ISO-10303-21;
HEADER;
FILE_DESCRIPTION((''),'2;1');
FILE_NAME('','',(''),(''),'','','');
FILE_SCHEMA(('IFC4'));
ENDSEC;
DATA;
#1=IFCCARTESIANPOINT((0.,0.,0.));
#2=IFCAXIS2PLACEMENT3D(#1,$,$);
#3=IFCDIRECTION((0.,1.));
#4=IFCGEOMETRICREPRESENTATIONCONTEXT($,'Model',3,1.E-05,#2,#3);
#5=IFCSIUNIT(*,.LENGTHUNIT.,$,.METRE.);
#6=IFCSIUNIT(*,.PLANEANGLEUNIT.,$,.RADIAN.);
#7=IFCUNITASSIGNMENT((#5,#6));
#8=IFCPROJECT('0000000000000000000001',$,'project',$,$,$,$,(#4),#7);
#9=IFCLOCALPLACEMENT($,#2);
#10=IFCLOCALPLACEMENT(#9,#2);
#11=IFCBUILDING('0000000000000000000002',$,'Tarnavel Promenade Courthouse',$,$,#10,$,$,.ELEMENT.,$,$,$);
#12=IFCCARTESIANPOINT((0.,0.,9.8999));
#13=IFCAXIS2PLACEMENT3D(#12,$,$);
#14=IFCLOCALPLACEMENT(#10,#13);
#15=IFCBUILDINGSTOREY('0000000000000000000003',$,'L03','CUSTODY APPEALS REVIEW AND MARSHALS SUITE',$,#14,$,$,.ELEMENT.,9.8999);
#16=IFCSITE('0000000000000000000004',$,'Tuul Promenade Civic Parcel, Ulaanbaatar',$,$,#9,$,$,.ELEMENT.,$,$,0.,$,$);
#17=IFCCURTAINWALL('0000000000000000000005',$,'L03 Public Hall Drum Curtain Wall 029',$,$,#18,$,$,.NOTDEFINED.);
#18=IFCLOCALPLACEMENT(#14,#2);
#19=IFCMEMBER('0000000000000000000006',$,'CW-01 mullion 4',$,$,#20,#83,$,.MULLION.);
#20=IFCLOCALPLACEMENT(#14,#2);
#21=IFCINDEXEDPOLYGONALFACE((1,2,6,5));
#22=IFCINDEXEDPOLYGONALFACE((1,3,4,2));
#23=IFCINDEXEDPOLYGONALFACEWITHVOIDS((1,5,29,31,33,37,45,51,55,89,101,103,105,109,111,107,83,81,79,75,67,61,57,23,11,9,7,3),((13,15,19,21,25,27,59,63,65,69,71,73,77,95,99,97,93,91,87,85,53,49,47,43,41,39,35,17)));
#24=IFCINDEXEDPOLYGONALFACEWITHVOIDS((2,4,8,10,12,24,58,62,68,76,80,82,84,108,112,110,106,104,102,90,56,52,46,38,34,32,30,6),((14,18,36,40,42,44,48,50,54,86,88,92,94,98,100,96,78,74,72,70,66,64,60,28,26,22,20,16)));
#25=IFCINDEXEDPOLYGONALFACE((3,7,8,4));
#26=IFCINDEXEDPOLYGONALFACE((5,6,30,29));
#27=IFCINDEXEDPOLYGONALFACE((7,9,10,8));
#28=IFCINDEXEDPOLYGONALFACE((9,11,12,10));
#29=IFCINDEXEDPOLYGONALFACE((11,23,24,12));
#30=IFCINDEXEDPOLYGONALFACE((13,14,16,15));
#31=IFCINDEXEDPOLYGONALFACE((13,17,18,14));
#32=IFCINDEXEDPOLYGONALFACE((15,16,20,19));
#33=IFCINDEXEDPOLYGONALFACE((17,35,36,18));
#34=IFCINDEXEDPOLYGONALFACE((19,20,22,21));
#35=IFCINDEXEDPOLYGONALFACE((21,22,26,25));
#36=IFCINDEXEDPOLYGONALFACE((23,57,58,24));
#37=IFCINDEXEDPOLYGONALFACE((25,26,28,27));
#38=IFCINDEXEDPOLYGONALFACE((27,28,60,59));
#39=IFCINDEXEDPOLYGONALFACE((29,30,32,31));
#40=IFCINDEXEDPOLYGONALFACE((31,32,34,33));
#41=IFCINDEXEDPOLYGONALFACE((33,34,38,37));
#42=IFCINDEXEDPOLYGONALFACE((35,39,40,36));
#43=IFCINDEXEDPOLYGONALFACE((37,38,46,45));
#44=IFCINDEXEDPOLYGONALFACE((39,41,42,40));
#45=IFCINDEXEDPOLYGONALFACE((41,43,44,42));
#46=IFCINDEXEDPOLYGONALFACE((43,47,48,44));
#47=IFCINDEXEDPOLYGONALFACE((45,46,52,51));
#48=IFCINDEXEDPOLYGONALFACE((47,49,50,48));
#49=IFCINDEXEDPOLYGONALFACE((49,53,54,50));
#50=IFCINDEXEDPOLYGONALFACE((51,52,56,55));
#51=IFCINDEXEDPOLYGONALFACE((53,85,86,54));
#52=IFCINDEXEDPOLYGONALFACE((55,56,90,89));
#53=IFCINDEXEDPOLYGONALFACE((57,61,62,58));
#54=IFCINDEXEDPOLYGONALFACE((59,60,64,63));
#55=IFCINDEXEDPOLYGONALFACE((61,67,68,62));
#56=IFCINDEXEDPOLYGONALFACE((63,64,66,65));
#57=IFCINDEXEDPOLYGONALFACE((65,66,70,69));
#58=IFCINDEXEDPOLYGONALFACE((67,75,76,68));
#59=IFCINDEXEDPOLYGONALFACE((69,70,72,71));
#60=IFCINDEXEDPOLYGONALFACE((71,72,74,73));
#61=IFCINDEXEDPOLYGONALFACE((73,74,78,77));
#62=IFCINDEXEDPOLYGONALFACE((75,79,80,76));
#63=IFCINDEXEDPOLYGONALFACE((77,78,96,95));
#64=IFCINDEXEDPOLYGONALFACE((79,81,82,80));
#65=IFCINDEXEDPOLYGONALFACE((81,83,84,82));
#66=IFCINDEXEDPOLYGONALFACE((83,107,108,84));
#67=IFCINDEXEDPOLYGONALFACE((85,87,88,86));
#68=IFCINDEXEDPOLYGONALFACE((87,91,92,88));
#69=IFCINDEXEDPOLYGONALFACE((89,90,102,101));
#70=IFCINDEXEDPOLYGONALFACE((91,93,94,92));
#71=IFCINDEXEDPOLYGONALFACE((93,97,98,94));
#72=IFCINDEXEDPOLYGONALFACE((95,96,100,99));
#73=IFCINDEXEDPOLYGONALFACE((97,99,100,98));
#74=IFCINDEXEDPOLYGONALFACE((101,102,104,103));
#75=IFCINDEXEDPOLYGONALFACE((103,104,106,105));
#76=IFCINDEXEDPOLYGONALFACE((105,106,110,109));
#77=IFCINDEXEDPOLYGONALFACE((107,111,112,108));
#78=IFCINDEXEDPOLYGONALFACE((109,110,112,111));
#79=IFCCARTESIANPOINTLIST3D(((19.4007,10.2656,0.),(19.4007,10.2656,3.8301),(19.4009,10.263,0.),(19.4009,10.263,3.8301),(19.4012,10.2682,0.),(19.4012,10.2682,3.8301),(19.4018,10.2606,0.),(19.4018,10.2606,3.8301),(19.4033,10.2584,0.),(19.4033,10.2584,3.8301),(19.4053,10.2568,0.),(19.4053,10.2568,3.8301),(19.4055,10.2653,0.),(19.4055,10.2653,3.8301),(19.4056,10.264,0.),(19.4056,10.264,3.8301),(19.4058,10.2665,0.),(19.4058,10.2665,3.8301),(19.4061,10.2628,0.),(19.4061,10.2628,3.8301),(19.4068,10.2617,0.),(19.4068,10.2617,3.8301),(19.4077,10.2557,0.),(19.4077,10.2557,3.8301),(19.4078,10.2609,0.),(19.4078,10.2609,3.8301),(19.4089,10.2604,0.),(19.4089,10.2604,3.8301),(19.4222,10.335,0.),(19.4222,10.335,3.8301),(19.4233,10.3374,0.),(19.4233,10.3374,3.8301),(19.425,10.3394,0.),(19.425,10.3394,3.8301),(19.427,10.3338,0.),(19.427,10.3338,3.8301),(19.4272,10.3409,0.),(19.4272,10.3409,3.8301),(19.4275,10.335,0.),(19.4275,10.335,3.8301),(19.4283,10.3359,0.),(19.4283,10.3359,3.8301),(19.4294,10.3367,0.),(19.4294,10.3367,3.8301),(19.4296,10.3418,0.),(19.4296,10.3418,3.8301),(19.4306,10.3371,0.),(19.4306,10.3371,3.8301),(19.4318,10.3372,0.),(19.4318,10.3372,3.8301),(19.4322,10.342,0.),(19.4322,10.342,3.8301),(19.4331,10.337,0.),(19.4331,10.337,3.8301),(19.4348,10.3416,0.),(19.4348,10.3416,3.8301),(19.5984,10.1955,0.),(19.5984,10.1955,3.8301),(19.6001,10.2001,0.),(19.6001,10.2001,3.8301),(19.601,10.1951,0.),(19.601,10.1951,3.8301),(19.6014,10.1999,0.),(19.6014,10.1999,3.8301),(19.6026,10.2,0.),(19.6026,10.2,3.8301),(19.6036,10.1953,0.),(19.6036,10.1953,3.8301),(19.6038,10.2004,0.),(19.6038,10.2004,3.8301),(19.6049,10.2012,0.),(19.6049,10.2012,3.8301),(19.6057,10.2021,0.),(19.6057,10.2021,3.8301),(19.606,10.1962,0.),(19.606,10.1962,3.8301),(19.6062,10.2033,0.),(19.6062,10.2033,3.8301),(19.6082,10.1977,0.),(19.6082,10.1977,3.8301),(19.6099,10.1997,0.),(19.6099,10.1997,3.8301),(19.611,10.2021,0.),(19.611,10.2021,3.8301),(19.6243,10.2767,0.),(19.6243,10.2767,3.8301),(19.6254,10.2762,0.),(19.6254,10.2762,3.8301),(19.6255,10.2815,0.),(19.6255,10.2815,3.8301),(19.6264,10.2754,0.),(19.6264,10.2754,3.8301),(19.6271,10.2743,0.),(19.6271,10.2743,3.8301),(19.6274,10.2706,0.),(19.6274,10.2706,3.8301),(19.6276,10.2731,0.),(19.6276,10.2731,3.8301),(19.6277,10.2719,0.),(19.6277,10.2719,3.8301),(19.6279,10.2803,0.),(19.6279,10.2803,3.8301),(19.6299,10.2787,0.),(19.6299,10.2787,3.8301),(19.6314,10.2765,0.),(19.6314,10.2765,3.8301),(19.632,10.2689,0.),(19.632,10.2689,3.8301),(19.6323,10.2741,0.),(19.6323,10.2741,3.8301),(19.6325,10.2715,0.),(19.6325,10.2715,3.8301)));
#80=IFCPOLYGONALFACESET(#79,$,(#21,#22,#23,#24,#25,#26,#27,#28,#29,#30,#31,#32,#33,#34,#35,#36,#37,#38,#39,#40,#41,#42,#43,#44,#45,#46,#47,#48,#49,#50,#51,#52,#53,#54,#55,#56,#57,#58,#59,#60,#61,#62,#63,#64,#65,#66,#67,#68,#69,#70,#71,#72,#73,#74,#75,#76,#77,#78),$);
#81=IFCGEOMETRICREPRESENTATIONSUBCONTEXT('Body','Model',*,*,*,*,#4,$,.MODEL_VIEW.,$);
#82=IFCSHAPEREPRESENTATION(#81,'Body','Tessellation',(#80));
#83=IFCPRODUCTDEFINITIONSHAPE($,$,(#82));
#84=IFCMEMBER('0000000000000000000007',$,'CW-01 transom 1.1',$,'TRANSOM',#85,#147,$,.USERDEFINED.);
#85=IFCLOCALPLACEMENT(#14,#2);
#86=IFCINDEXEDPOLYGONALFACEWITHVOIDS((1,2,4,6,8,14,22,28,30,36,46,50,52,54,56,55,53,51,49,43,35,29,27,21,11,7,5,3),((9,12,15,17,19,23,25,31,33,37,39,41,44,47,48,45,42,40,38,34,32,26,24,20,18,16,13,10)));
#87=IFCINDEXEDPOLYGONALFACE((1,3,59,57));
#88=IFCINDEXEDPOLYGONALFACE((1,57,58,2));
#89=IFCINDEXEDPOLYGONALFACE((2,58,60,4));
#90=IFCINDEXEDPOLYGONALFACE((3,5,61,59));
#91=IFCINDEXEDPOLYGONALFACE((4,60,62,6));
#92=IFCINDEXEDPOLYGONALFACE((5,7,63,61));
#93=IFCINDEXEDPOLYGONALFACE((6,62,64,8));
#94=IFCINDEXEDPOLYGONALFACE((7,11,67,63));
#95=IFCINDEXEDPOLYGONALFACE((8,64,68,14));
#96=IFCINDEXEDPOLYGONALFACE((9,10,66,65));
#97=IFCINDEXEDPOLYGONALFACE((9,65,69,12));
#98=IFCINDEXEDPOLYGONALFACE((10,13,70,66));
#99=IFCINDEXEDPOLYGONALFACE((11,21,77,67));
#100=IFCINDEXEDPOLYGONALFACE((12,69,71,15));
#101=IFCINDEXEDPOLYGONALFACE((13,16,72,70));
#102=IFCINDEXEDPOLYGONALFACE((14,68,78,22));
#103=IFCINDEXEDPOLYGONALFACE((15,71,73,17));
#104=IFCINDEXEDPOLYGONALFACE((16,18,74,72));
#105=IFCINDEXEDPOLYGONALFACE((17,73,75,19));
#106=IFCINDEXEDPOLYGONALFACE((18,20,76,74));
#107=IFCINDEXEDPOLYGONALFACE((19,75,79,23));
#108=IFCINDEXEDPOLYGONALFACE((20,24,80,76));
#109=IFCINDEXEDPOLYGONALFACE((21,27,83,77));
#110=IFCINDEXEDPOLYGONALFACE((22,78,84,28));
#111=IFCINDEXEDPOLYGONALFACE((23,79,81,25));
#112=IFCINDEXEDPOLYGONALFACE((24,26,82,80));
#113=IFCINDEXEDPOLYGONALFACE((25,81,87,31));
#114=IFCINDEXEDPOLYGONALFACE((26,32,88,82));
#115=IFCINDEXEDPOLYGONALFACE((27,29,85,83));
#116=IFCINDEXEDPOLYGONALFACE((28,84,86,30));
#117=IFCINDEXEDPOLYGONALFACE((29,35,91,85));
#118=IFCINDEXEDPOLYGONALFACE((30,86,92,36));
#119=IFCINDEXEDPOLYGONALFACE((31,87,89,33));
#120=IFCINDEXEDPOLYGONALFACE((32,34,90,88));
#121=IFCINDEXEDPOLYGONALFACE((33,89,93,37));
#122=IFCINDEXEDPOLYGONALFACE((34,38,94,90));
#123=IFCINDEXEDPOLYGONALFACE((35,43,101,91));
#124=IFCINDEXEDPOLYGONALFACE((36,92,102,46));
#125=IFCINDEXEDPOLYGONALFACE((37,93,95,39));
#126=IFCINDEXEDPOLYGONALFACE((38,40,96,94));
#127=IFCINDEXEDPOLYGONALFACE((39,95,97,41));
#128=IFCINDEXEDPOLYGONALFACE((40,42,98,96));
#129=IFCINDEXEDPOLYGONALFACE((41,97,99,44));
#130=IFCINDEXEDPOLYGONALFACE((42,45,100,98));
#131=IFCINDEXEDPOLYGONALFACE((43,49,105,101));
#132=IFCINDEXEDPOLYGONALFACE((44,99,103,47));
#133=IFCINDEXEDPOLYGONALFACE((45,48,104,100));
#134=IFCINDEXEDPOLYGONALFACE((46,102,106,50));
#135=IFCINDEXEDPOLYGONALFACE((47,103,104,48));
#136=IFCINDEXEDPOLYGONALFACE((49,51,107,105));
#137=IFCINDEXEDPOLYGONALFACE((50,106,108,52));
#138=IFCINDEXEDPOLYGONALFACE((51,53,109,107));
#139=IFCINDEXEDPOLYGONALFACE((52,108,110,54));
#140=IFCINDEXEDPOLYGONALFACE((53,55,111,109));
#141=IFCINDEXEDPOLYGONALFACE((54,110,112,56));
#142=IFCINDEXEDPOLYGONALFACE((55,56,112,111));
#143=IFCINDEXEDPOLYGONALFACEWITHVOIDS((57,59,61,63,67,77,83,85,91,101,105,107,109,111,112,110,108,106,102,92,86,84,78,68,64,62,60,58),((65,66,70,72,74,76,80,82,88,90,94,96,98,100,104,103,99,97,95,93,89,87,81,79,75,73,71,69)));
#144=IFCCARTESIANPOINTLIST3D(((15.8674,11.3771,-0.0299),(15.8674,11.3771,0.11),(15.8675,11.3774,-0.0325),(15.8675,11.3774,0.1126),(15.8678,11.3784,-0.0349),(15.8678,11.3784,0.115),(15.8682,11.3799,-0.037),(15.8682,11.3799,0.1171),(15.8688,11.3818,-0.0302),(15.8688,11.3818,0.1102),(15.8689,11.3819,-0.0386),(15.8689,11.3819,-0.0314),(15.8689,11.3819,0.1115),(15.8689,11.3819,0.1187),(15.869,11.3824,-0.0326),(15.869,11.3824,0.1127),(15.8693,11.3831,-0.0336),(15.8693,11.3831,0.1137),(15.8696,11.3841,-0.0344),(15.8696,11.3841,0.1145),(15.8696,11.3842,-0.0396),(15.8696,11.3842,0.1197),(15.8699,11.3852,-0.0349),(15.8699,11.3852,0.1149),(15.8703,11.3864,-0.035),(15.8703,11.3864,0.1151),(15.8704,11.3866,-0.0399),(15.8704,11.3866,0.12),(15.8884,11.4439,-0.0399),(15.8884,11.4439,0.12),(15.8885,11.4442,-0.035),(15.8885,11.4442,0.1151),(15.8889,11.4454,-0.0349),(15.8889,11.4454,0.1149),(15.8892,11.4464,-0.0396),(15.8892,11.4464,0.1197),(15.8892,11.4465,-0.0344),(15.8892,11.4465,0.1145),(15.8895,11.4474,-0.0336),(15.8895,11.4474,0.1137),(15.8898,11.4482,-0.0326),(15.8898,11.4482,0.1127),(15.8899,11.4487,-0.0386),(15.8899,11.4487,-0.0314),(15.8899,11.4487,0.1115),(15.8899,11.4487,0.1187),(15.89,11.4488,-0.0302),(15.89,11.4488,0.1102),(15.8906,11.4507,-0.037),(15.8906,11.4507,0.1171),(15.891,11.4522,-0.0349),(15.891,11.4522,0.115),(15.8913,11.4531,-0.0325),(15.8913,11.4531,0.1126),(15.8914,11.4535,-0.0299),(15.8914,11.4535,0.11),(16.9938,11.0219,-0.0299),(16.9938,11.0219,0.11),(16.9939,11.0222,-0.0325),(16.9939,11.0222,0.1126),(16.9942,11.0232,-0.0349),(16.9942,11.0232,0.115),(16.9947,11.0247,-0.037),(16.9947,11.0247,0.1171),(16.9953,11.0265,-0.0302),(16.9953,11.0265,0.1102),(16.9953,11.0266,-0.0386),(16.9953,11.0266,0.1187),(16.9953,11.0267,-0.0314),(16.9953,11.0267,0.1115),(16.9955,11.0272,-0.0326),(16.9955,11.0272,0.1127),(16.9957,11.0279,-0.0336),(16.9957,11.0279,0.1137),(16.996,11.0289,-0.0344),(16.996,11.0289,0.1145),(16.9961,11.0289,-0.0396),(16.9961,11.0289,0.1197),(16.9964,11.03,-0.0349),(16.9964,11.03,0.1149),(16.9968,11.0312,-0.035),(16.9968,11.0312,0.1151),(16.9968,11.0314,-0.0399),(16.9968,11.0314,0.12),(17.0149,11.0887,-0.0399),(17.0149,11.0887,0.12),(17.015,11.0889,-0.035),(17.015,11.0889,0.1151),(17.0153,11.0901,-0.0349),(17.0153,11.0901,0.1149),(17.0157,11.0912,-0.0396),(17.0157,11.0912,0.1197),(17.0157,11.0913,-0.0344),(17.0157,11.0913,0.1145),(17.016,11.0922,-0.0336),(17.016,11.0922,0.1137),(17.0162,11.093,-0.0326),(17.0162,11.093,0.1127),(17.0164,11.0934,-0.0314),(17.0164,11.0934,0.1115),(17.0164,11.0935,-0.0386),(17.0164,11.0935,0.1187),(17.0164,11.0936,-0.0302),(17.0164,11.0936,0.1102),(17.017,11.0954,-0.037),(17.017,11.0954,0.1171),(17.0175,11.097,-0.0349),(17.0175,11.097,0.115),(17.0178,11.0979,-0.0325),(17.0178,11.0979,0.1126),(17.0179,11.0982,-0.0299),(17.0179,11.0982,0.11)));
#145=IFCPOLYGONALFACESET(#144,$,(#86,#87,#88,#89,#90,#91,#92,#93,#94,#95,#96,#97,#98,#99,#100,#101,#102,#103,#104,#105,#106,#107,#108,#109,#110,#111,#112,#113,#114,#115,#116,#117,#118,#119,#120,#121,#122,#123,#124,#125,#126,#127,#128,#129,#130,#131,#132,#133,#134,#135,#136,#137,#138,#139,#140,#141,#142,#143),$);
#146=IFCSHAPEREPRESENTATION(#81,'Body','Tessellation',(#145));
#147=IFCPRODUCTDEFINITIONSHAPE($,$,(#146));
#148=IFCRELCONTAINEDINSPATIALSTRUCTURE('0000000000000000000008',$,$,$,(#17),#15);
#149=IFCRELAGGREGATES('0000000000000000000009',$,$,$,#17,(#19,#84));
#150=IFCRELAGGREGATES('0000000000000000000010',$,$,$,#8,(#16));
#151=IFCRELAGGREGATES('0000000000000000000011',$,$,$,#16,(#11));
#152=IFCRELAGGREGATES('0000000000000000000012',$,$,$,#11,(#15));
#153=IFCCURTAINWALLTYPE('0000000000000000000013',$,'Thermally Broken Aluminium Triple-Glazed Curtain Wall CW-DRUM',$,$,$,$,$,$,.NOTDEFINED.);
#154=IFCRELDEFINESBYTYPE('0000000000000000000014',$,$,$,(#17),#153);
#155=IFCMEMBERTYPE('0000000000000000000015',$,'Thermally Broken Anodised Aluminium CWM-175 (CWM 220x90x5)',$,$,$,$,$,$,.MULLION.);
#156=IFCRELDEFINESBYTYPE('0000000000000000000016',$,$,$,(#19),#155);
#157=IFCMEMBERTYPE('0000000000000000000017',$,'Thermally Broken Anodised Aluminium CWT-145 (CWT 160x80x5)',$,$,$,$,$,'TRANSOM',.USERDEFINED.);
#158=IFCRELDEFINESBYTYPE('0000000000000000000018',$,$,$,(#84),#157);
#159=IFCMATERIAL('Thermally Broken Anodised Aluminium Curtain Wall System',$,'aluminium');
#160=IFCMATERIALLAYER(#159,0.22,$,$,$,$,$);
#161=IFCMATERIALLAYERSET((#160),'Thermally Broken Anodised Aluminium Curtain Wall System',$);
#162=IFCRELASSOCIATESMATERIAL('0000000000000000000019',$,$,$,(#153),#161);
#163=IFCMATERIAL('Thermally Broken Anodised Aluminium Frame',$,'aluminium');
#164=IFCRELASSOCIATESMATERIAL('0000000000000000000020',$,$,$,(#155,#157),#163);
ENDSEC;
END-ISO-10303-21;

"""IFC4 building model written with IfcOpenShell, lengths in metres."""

from ifc_helpers import new_model, si_unit, direction, frame, origin, origin_2d, place, context, subcontext, project, spatial, hollow_rectangle, extrude, material, layer, layer_set, material_profile, profile_set, type_object, element, aggregate, save


model = new_model("IFC4")

# Units and contexts
model_context = context("Model", 3, precision=1e-05, world=origin(), true_north=direction((0.0, 1.0)))
body_context = subcontext(model_context, "Body", "Model", "MODEL_VIEW")
ifc_project = project(units=[si_unit("LENGTHUNIT", "METRE"), si_unit("PLANEANGLEUNIT", "RADIAN")], contexts=[model_context])

# Site, building, storey
site_placement = place(None, origin())
site = spatial("IfcSite", under=ifc_project, at=site_placement, Name="Tuul Promenade Civic Parcel, Ulaanbaatar", CompositionType="ELEMENT", RefElevation=0.0)
building_placement = place(site_placement, origin())
building = spatial("IfcBuilding", under=site, at=building_placement, Name="Tarnavel Promenade Courthouse", CompositionType="ELEMENT")
storey_placement = place(building_placement, frame((0.0, 0.0, 9.8999)))
storey = spatial("IfcBuildingStorey", under=building, at=storey_placement, Name="L03", Description="CUSTODY APPEALS REVIEW AND MARSHALS SUITE", CompositionType="ELEMENT", Elevation=9.8999)

# Shared definitions
ifc_material_1 = material(Name="Thermally Broken Anodised Aluminium Curtain Wall System", Category="aluminium")
ifc_layer_1 = layer(ifc_material_1, 0.22)
ifc_layer_set_1 = layer_set([ifc_layer_1], Name="Thermally Broken Anodised Aluminium Curtain Wall System")
curtain_wall_type = type_object("IfcCurtainWallType", Name="Thermally Broken Aluminium Triple-Glazed Curtain Wall CW-DRUM", PredefinedType="NOTDEFINED", material=ifc_layer_set_1)
ifc_material_2 = material(Name="Thermally Broken Anodised Aluminium Frame", Category="aluminium")
ifc_material_profile_1 = material_profile(ifc_material_2, hollow_rectangle(XDim=0.0901, YDim=0.22, WallThickness=0.0049, InnerFilletRadius=0.0049, OuterFilletRadius=0.01, at=origin_2d()), Name="CWM 220x90x5")
ifc_profile_set_1 = profile_set([ifc_material_profile_1], Name="Thermally Broken Anodised Aluminium Frame")
member_type_1 = type_object("IfcMemberType", Name="Thermally Broken Anodised Aluminium CWM-175 (CWM 220x90x5)", PredefinedType="MULLION", material=ifc_profile_set_1)

# Curtain wall, members
curtain_wall_1_placement = place(storey_placement, origin())
curtain_wall_1 = element("IfcCurtainWall", 1, at=curtain_wall_1_placement, inside=storey, type_object=curtain_wall_type, Name="L03 Public Hall Drum Curtain Wall 029", PredefinedType="NOTDEFINED")
member_1_placement = place(storey_placement, frame((19.5166, 10.2686, 0.0), z_axis=(0.0, 0.0, 1.0), x_axis=(0.300705, 0.953717, 0.0)))
member_1 = element("IfcMember", 2, at=member_1_placement, type_object=member_type_1, Name="CW-01 mullion 4", PredefinedType="MULLION", context=body_context, shape_type="SweptSolid", body=[
    extrude(hollow_rectangle(XDim=0.0901, YDim=0.22, WallThickness=0.0049, InnerFilletRadius=0.0049, OuterFilletRadius=0.01, at=origin_2d()), origin(), (0.0, 0.0, 1.0), 3.8301),
])
ifc_material_profile_2 = material_profile(ifc_material_2, hollow_rectangle(XDim=0.0801, YDim=0.1599, WallThickness=0.0049, InnerFilletRadius=0.0049, OuterFilletRadius=0.01, at=origin_2d()), Name="CWT 160x80x5")
ifc_profile_set_2 = profile_set([ifc_material_profile_2], Name="Thermally Broken Anodised Aluminium Frame")
member_type_2 = type_object("IfcMemberType", Name="Thermally Broken Anodised Aluminium CWT-145 (CWT 160x80x5)", ElementType="TRANSOM", PredefinedType="USERDEFINED", material=ifc_profile_set_2)
member_2_placement = place(storey_placement, frame((15.8794, 11.4153, 0.04), z_axis=(0.953704, -0.300746, 0.0), x_axis=(0.300746, 0.953704, 0.0)))
member_2 = element("IfcMember", 3, at=member_2_placement, type_object=member_type_2, Name="CW-01 transom 1.1", ObjectType="TRANSOM", PredefinedType="USERDEFINED", context=body_context, shape_type="SweptSolid", body=[
    extrude(hollow_rectangle(XDim=0.0801, YDim=0.1599, WallThickness=0.0049, InnerFilletRadius=0.0049, OuterFilletRadius=0.01, at=origin_2d()), origin(), (0.0, 0.0, 1.0), 1.1812),
])
aggregate(curtain_wall_1, [member_1, member_2])

save(model, "model.ifc")
